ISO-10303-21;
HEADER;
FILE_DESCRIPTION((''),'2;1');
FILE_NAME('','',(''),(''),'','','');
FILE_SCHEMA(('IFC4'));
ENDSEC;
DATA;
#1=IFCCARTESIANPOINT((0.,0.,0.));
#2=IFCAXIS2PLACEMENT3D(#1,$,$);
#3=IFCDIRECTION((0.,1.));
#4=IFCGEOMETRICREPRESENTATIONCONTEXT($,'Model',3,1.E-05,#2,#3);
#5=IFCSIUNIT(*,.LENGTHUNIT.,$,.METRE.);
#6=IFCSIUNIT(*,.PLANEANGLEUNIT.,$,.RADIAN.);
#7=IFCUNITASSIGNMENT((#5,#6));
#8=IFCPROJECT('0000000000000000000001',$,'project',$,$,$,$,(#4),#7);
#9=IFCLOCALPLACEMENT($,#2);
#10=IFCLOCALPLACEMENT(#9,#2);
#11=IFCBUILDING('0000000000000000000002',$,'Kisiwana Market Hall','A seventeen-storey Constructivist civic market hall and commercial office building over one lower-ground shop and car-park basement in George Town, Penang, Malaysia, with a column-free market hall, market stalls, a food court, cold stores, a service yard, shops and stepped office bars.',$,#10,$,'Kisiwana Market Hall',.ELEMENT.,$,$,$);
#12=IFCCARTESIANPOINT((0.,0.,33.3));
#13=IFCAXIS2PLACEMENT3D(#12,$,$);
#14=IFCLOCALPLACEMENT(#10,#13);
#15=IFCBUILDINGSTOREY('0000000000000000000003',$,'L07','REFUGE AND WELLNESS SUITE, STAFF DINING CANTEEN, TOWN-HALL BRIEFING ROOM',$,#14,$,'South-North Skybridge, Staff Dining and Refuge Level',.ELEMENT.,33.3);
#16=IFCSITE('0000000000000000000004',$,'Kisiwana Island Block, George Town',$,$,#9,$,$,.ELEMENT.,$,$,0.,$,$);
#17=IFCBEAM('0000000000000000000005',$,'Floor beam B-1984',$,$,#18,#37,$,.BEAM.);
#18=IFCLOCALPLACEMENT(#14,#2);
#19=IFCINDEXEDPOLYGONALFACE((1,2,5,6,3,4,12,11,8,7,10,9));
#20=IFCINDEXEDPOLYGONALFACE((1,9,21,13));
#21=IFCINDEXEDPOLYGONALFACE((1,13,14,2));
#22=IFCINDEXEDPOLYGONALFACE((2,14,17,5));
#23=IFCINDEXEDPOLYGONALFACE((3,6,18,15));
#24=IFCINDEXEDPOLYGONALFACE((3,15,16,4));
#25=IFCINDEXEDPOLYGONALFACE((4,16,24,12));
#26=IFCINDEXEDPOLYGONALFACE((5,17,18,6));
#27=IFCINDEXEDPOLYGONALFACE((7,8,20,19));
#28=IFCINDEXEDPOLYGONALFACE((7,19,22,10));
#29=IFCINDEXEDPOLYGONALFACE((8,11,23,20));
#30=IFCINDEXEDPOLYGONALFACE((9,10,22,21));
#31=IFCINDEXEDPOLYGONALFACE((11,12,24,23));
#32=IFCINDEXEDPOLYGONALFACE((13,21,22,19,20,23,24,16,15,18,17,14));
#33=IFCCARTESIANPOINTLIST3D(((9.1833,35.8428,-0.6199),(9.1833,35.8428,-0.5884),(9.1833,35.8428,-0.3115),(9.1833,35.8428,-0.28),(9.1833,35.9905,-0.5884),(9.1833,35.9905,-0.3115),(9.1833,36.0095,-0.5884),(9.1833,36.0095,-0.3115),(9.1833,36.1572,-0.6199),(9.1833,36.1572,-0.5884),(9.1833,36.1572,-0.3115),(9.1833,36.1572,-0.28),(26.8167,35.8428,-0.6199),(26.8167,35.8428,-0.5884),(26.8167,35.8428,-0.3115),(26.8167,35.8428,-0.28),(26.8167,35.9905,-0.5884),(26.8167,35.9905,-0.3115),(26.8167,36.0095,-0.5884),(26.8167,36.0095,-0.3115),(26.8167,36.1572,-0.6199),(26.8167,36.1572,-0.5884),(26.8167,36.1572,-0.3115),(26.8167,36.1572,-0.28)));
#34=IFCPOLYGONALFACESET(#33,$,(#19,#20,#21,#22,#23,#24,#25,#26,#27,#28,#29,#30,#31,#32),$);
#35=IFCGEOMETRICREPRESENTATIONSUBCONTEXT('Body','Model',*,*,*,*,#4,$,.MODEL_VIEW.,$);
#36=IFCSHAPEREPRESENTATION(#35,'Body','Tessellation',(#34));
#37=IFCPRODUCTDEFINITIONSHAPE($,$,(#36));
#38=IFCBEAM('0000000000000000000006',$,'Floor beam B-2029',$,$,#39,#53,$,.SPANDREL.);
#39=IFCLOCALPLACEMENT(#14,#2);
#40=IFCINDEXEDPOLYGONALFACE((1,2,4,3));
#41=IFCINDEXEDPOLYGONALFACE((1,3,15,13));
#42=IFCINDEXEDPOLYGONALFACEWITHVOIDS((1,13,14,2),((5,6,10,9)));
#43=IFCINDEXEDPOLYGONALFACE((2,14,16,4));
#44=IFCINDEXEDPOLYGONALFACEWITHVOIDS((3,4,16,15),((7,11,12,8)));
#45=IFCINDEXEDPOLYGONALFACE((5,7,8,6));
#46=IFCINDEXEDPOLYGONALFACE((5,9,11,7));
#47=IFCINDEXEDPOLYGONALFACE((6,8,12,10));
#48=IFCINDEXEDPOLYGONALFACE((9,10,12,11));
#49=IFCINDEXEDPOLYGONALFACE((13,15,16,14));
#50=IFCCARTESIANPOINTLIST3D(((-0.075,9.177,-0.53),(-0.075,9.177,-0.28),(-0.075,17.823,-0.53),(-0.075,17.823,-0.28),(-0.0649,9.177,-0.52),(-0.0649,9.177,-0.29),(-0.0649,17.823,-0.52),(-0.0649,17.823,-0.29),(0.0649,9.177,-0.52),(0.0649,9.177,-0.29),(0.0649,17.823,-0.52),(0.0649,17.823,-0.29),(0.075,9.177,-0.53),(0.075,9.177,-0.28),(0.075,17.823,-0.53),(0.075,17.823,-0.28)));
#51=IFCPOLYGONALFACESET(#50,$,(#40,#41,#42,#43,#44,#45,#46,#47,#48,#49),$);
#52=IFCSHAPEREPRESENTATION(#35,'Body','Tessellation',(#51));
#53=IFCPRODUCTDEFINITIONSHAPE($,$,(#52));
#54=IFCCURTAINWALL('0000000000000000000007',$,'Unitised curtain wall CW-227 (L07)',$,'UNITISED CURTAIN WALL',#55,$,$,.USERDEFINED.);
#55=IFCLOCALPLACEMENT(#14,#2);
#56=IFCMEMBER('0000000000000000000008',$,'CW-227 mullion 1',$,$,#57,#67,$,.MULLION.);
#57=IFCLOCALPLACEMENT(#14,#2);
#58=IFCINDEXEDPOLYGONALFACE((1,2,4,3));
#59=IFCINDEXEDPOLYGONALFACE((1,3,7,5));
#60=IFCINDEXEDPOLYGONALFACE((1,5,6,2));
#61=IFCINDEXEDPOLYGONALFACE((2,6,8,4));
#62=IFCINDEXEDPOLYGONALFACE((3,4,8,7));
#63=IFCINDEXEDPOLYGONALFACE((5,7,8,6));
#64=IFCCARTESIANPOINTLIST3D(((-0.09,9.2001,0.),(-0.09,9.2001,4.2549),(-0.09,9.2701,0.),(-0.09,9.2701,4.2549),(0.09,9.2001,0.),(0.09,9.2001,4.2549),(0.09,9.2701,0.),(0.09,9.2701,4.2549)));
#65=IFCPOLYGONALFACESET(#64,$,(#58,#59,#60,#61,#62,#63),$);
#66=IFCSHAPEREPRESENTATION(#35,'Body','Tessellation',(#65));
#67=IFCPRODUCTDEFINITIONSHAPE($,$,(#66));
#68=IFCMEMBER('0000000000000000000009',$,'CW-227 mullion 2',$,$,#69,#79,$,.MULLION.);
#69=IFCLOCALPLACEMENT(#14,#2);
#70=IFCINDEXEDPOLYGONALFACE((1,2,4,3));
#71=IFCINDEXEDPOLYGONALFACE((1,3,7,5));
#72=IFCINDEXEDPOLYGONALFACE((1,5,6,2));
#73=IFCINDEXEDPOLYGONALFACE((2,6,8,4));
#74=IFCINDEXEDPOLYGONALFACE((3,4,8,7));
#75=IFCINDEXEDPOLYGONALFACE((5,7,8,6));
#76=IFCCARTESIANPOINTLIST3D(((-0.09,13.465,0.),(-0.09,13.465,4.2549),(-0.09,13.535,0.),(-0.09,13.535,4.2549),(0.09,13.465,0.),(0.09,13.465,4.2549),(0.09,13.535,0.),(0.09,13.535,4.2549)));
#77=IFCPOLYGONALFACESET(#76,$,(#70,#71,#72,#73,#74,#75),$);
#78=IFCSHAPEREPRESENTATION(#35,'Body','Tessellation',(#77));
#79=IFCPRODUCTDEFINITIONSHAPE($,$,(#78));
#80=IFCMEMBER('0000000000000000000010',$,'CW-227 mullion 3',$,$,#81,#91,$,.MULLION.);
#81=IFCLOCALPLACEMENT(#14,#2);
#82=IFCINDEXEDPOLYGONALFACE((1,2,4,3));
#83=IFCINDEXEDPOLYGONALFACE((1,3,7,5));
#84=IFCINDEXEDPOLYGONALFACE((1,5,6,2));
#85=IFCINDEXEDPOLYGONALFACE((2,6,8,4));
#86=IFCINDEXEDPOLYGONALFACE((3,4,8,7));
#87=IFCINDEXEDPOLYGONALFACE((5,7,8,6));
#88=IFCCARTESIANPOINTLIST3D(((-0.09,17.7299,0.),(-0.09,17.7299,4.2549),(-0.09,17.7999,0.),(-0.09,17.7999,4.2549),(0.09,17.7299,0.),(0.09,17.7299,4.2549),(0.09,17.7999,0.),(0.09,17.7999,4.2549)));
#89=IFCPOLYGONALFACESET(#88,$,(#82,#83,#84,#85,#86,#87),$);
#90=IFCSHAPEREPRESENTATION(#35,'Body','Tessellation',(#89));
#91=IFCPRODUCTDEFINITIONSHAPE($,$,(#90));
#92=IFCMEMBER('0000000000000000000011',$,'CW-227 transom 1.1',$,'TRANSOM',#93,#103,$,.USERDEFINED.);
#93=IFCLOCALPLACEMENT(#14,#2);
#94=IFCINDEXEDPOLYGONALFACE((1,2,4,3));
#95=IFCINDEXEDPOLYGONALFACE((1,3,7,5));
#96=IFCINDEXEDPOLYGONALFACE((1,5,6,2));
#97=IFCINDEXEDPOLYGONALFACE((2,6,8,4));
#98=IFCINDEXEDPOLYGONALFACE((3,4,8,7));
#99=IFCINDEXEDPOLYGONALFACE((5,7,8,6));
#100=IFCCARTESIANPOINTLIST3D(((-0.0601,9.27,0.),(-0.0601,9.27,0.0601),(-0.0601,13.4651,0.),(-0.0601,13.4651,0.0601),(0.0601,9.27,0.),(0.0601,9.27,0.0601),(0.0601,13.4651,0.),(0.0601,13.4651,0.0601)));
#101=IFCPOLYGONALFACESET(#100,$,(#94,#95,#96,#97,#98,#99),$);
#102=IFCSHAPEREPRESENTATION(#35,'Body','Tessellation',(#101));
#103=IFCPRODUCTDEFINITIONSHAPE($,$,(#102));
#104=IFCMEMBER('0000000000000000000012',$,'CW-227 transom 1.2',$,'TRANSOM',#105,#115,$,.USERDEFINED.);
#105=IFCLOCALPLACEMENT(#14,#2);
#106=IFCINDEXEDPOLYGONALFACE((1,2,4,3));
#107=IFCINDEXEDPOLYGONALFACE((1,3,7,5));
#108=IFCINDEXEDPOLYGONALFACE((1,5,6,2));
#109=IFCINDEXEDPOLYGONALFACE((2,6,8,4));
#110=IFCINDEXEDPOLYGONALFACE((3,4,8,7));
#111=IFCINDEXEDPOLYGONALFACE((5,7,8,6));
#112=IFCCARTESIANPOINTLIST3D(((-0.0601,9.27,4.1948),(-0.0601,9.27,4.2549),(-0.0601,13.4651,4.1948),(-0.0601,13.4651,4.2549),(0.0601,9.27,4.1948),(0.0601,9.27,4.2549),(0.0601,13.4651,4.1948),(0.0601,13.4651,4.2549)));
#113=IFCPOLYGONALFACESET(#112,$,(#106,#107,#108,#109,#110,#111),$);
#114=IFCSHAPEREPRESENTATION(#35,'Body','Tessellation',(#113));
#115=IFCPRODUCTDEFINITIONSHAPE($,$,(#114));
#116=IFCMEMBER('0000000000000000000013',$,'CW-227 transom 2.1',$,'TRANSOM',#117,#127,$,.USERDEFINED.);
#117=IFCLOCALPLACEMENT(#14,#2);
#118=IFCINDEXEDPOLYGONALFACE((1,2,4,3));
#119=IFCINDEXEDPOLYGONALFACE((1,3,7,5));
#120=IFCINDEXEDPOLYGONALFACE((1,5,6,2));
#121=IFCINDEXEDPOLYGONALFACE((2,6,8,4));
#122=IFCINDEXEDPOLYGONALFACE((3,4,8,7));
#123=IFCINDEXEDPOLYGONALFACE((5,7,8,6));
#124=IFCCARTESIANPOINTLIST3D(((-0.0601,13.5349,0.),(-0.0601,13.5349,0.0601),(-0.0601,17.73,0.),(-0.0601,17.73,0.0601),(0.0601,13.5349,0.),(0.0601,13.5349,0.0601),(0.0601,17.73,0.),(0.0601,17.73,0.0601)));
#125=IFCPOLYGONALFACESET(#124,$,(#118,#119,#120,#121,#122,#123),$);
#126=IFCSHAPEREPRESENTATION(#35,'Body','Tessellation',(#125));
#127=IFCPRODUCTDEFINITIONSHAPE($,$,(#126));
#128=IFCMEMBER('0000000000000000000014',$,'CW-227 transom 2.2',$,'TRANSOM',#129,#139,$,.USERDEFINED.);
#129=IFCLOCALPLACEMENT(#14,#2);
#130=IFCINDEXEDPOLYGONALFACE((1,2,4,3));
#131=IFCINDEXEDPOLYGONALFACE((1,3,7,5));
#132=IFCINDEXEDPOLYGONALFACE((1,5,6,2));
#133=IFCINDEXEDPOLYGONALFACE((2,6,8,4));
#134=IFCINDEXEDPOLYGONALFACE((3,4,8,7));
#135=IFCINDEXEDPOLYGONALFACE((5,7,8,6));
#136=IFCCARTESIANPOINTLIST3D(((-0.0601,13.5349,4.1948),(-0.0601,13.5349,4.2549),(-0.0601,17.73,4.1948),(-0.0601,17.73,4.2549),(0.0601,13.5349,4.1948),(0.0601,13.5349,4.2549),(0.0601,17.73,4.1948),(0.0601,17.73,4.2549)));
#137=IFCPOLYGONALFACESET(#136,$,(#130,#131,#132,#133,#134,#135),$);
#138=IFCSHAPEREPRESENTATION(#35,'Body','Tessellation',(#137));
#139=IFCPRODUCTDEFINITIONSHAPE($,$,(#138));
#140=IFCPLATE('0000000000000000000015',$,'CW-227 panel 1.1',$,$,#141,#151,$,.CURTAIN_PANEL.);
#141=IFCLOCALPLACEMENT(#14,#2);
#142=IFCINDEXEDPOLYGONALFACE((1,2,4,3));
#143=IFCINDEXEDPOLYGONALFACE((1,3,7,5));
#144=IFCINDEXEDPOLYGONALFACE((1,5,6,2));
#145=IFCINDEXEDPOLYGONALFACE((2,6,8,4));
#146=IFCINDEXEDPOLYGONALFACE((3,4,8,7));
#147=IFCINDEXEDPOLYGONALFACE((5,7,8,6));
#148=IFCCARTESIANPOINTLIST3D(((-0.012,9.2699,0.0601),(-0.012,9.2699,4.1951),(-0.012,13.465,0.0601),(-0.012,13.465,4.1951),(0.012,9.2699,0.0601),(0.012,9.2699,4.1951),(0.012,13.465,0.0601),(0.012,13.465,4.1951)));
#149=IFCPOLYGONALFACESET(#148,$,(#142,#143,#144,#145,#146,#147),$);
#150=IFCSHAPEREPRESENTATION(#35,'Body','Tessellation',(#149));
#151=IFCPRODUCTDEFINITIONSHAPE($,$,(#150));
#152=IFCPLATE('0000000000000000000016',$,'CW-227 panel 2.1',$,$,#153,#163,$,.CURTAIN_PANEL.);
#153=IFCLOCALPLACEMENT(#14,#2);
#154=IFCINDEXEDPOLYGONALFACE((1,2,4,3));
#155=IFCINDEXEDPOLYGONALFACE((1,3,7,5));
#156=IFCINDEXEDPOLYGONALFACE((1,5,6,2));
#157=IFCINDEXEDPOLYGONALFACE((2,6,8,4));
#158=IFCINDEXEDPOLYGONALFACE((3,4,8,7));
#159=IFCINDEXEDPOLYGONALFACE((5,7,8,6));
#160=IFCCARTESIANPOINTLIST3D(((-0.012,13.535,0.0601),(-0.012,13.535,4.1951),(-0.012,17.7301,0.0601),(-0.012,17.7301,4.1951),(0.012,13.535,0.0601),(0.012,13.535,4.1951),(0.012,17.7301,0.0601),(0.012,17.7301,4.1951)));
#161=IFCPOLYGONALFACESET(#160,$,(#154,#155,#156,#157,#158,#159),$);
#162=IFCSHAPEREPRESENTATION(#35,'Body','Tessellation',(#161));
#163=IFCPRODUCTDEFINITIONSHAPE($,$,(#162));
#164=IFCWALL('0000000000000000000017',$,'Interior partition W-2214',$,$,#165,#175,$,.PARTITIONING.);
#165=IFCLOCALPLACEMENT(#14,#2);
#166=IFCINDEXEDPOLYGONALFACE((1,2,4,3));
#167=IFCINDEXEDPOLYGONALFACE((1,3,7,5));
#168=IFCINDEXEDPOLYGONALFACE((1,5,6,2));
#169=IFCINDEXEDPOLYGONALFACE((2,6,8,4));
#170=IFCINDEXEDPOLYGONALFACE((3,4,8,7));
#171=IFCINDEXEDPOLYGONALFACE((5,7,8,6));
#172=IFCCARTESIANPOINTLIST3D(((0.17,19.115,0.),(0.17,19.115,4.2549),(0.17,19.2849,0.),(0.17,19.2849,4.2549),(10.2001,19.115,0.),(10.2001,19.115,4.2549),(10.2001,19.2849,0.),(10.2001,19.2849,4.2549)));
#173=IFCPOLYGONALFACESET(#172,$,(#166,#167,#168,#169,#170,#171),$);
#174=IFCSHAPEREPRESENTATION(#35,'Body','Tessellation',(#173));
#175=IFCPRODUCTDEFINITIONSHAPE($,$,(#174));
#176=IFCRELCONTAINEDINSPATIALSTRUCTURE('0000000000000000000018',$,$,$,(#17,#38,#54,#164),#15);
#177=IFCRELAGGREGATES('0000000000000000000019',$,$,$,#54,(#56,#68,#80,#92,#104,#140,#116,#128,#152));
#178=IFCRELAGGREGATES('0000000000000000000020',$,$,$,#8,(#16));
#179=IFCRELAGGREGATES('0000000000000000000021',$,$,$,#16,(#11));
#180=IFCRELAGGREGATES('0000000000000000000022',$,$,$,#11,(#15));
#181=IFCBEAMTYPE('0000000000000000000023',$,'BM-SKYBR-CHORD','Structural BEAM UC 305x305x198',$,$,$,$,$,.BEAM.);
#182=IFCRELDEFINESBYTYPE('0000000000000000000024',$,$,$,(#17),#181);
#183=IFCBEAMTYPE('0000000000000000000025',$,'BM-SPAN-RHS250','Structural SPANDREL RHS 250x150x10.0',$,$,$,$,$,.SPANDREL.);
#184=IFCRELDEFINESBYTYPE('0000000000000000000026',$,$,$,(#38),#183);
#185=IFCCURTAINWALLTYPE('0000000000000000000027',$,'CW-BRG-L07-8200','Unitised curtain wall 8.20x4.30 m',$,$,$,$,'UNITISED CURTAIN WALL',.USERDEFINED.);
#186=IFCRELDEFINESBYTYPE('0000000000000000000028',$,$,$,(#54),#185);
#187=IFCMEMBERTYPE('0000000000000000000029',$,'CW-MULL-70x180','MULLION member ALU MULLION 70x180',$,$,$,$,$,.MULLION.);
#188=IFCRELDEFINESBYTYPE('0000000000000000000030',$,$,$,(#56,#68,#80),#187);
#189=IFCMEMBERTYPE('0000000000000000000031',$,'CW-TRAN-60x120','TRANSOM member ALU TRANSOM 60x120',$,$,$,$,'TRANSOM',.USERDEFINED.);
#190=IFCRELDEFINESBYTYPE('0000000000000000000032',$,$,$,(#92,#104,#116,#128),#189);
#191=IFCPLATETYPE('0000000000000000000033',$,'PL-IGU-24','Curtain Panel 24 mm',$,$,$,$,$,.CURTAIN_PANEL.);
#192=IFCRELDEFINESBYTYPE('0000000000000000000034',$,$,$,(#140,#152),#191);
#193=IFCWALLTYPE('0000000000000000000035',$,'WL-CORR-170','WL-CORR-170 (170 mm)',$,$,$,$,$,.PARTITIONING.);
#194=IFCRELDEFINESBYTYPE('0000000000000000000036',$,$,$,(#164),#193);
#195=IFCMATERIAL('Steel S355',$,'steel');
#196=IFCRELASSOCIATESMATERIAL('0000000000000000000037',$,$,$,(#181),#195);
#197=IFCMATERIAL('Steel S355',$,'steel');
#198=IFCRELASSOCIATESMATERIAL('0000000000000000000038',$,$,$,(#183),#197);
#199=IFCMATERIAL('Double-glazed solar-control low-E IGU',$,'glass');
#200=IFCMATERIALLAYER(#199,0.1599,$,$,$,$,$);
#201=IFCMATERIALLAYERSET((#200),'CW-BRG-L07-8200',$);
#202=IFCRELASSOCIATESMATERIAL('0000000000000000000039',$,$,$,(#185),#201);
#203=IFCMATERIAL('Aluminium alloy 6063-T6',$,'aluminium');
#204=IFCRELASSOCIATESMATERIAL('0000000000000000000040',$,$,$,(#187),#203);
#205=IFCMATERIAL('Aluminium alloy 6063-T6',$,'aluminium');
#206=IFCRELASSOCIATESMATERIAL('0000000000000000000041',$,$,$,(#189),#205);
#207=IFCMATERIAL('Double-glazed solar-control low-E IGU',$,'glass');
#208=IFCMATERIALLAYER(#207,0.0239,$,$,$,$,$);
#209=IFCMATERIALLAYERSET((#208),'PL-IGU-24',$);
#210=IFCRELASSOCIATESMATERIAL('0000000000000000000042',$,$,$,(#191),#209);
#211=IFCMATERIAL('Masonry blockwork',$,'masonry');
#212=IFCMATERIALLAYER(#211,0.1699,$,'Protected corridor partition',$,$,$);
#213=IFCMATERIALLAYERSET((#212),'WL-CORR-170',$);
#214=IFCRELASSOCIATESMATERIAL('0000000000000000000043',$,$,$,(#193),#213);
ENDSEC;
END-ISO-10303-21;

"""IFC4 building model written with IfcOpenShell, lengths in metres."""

from ifc_helpers import new_model, si_unit, direction, frame, frame_2d, origin, origin_2d, place, context, subcontext, project, spatial, rectangle, hollow_rectangle, i_section, extrude, material, layer, layer_set, material_profile, profile_set, type_object, element, aggregate, save


model = new_model("IFC4")

# Units and contexts
model_context = context("Model", 3, precision=1e-05, world=origin(), true_north=direction((0.0, 1.0)))
body_context = subcontext(model_context, "Body", "Model", "MODEL_VIEW")
ifc_project = project(units=[si_unit("LENGTHUNIT", "METRE"), si_unit("PLANEANGLEUNIT", "RADIAN")], contexts=[model_context])

# Site, building, storey
site_placement = place(None, origin())
site = spatial("IfcSite", under=ifc_project, at=site_placement, Name="Kisiwana Island Block, George Town", CompositionType="ELEMENT", RefElevation=0.0)
building_placement = place(site_placement, origin())
building = spatial("IfcBuilding", under=site, at=building_placement, Name="Kisiwana Market Hall", Description="A seventeen-storey Constructivist civic market hall and commercial office building over one lower-ground shop and car-park basement in George Town, Penang, Malaysia, with a column-free market hall, market stalls, a food court, cold stores, a service yard, shops and stepped office bars.", LongName="Kisiwana Market Hall", CompositionType="ELEMENT")
storey_placement = place(building_placement, frame((0.0, 0.0, 33.3)))
storey = spatial("IfcBuildingStorey", under=building, at=storey_placement, Name="L07", Description="REFUGE AND WELLNESS SUITE, STAFF DINING CANTEEN, TOWN-HALL BRIEFING ROOM", LongName="South-North Skybridge, Staff Dining and Refuge Level", CompositionType="ELEMENT", Elevation=33.3)

# Beams
ifc_material_1 = material(Name="Steel S355", Category="steel")
ifc_material_profile_1 = material_profile(ifc_material_1, i_section(OverallWidth=0.3145, OverallDepth=0.3398, WebThickness=0.019, FlangeThickness=0.0315, at=origin_2d()), Name="UC 305x305x198")
ifc_profile_set_1 = profile_set([ifc_material_profile_1], Name="Steel S355")
beam_type_1 = type_object("IfcBeamType", Name="BM-SKYBR-CHORD", Description="Structural BEAM UC 305x305x198", PredefinedType="BEAM", material=ifc_profile_set_1)
for number, where, z_axis, x_axis, name in (
    (1, (9.1833, 36.0, -0.45), (1.0, 0.0, 0.0), (0.0, 1.0, 0.0), "Floor beam B-1984"),
):
    element("IfcBeam", number, at=place(storey_placement, frame(where, z_axis=z_axis, x_axis=x_axis)), inside=storey, type_object=beam_type_1, Name=name, PredefinedType="BEAM", context=body_context, shape_type="SweptSolid", body=[
        extrude(i_section(OverallWidth=0.3145, OverallDepth=0.3398, WebThickness=0.019, FlangeThickness=0.0315, at=origin_2d()), origin(), (0.0, 0.0, 1.0), 17.6333),
    ])
ifc_material_2 = material(Name="Steel S355", Category="steel")
ifc_material_profile_2 = material_profile(ifc_material_2, hollow_rectangle(XDim=0.1499, YDim=0.25, WallThickness=0.01, at=origin_2d()), Name="RHS 250x150x10.0")
ifc_profile_set_2 = profile_set([ifc_material_profile_2], Name="Steel S355")
beam_type_2 = type_object("IfcBeamType", Name="BM-SPAN-RHS250", Description="Structural SPANDREL RHS 250x150x10.0", PredefinedType="SPANDREL", material=ifc_profile_set_2)
beam_1_placement = place(storey_placement, frame((0.0, 9.177, -0.405), z_axis=(0.0, 1.0, 0.0), x_axis=(-1.0, 0.0, 0.0)))
element("IfcBeam", 2, at=beam_1_placement, inside=storey, type_object=beam_type_2, Name="Floor beam B-2029", PredefinedType="SPANDREL", context=body_context, shape_type="SweptSolid", body=[
    extrude(hollow_rectangle(XDim=0.1499, YDim=0.25, WallThickness=0.01, at=origin_2d()), origin(), (0.0, 0.0, 1.0), 8.646),
])

# Curtain wall, members, plates
ifc_material_3 = material(Name="Double-glazed solar-control low-E IGU", Category="glass")
ifc_layer_1 = layer(ifc_material_3, 0.1599)
ifc_layer_set_1 = layer_set([ifc_layer_1], Name="CW-BRG-L07-8200")
curtain_wall_type = type_object("IfcCurtainWallType", Name="CW-BRG-L07-8200", Description="Unitised curtain wall 8.20x4.30 m", ElementType="UNITISED CURTAIN WALL", PredefinedType="USERDEFINED", material=ifc_layer_set_1)
curtain_wall_placement = place(storey_placement, origin())
curtain_wall = element("IfcCurtainWall", 3, at=curtain_wall_placement, inside=storey, type_object=curtain_wall_type, Name="Unitised curtain wall CW-227 (L07)", ObjectType="UNITISED CURTAIN WALL", PredefinedType="USERDEFINED")
ifc_material_4 = material(Name="Aluminium alloy 6063-T6", Category="aluminium")
ifc_material_profile_3 = material_profile(ifc_material_4, rectangle(XDim=0.0701, YDim=0.1799, at=origin_2d()), Name="ALU MULLION 70x180")
ifc_profile_set_3 = profile_set([ifc_material_profile_3], Name="Aluminium alloy 6063-T6")
member_type_1 = type_object("IfcMemberType", Name="CW-MULL-70x180", Description="MULLION member ALU MULLION 70x180", PredefinedType="MULLION", material=ifc_profile_set_3)
member_1_placement = place(storey_placement, frame((0.0, 9.2351, 0.0), z_axis=(0.0, 0.0, 1.0), x_axis=(0.0, 1.0, 0.0)))
member_1 = element("IfcMember", 4, at=member_1_placement, type_object=member_type_1, Name="CW-227 mullion 1", PredefinedType="MULLION", context=body_context, shape_type="SweptSolid", body=[
    extrude(rectangle(XDim=0.0701, YDim=0.1799, at=origin_2d()), origin(), (0.0, 0.0, 1.0), 4.2549),
])
member_2_placement = place(storey_placement, frame((0.0, 13.5, 0.0), z_axis=(0.0, 0.0, 1.0), x_axis=(0.0, 1.0, 0.0)))
member_2 = element("IfcMember", 5, at=member_2_placement, type_object=member_type_1, Name="CW-227 mullion 2", PredefinedType="MULLION", context=body_context, shape_type="SweptSolid", body=[
    extrude(rectangle(XDim=0.0701, YDim=0.1799, at=origin_2d()), origin(), (0.0, 0.0, 1.0), 4.2549),
])
member_3_placement = place(storey_placement, frame((0.0, 17.7649, 0.0), z_axis=(0.0, 0.0, 1.0), x_axis=(0.0, 1.0, 0.0)))
member_3 = element("IfcMember", 6, at=member_3_placement, type_object=member_type_1, Name="CW-227 mullion 3", PredefinedType="MULLION", context=body_context, shape_type="SweptSolid", body=[
    extrude(rectangle(XDim=0.0701, YDim=0.1799, at=origin_2d()), origin(), (0.0, 0.0, 1.0), 4.2549),
])
ifc_material_5 = material(Name="Aluminium alloy 6063-T6", Category="aluminium")
ifc_material_profile_4 = material_profile(ifc_material_5, rectangle(XDim=0.1201, YDim=0.0601, at=origin_2d()), Name="ALU TRANSOM 60x120")
ifc_profile_set_4 = profile_set([ifc_material_profile_4], Name="Aluminium alloy 6063-T6")
member_type_2 = type_object("IfcMemberType", Name="CW-TRAN-60x120", Description="TRANSOM member ALU TRANSOM 60x120", ElementType="TRANSOM", PredefinedType="USERDEFINED", material=ifc_profile_set_4)
member_4_placement = place(storey_placement, frame((0.0, 9.27, 0.03), z_axis=(0.0, 1.0, 0.0), x_axis=(-1.0, 0.0, 0.0)))
member_4 = element("IfcMember", 7, at=member_4_placement, type_object=member_type_2, Name="CW-227 transom 1.1", ObjectType="TRANSOM", PredefinedType="USERDEFINED", context=body_context, shape_type="SweptSolid", body=[
    extrude(rectangle(XDim=0.1201, YDim=0.0601, at=origin_2d()), origin(), (0.0, 0.0, 1.0), 4.1951),
])
member_5_placement = place(storey_placement, frame((0.0, 9.27, 4.2249), z_axis=(0.0, 1.0, 0.0), x_axis=(-1.0, 0.0, 0.0)))
member_5 = element("IfcMember", 8, at=member_5_placement, type_object=member_type_2, Name="CW-227 transom 1.2", ObjectType="TRANSOM", PredefinedType="USERDEFINED", context=body_context, shape_type="SweptSolid", body=[
    extrude(rectangle(XDim=0.1201, YDim=0.0601, at=origin_2d()), origin(), (0.0, 0.0, 1.0), 4.1951),
])
member_6_placement = place(storey_placement, frame((0.0, 13.5349, 0.03), z_axis=(0.0, 1.0, 0.0), x_axis=(-1.0, 0.0, 0.0)))
member_6 = element("IfcMember", 9, at=member_6_placement, type_object=member_type_2, Name="CW-227 transom 2.1", ObjectType="TRANSOM", PredefinedType="USERDEFINED", context=body_context, shape_type="SweptSolid", body=[
    extrude(rectangle(XDim=0.1201, YDim=0.0601, at=origin_2d()), origin(), (0.0, 0.0, 1.0), 4.1951),
])
member_7_placement = place(storey_placement, frame((0.0, 13.5349, 4.2249), z_axis=(0.0, 1.0, 0.0), x_axis=(-1.0, 0.0, 0.0)))
member_7 = element("IfcMember", 10, at=member_7_placement, type_object=member_type_2, Name="CW-227 transom 2.2", ObjectType="TRANSOM", PredefinedType="USERDEFINED", context=body_context, shape_type="SweptSolid", body=[
    extrude(rectangle(XDim=0.1201, YDim=0.0601, at=origin_2d()), origin(), (0.0, 0.0, 1.0), 4.1951),
])
ifc_material_6 = material(Name="Double-glazed solar-control low-E IGU", Category="glass")
ifc_layer_2 = layer(ifc_material_6, 0.0239)
ifc_layer_set_2 = layer_set([ifc_layer_2], Name="PL-IGU-24")
plate_type = type_object("IfcPlateType", Name="PL-IGU-24", Description="Curtain Panel 24 mm", PredefinedType="CURTAIN_PANEL", material=ifc_layer_set_2)
plate_1_placement = place(storey_placement, frame((0.0, 11.3674, 0.0601), z_axis=(0.0, 0.0, 1.0), x_axis=(0.0, 1.0, 0.0)))
plate_1 = element("IfcPlate", 11, at=plate_1_placement, type_object=plate_type, Name="CW-227 panel 1.1", PredefinedType="CURTAIN_PANEL", context=body_context, shape_type="SweptSolid", body=[
    extrude(rectangle(XDim=4.1951, YDim=0.0239, at=origin_2d()), origin(), (0.0, 0.0, 1.0), 4.135),
])
plate_2_placement = place(storey_placement, frame((0.0, 15.6326, 0.0601), z_axis=(0.0, 0.0, 1.0), x_axis=(0.0, 1.0, 0.0)))
plate_2 = element("IfcPlate", 12, at=plate_2_placement, type_object=plate_type, Name="CW-227 panel 2.1", PredefinedType="CURTAIN_PANEL", context=body_context, shape_type="SweptSolid", body=[
    extrude(rectangle(XDim=4.1951, YDim=0.0239, at=origin_2d()), origin(), (0.0, 0.0, 1.0), 4.135),
])
aggregate(curtain_wall, [member_1, member_2, member_3, member_4, member_5, plate_1, member_6, member_7, plate_2])

# Wall
ifc_material_7 = material(Name="Masonry blockwork", Category="masonry")
ifc_layer_3 = layer(ifc_material_7, 0.1699, Name="Protected corridor partition")
ifc_layer_set_3 = layer_set([ifc_layer_3], Name="WL-CORR-170")
wall_type_1 = type_object("IfcWallType", Name="WL-CORR-170", Description="WL-CORR-170 (170 mm)", PredefinedType="PARTITIONING", material=ifc_layer_set_3)
wall_1_placement = place(storey_placement, frame((0.1699, 19.2, 0.0), z_axis=(0.0, 0.0, 1.0), x_axis=(1.0, 0.0, 0.0)))
element("IfcWall", 13, at=wall_1_placement, inside=storey, type_object=wall_type_1, Name="Interior partition W-2214", PredefinedType="PARTITIONING", context=body_context, shape_type="SweptSolid", body=[
    extrude(rectangle(XDim=10.03, YDim=0.1699, at=frame_2d((5.0151, 0.0))), origin(), (0.0, 0.0, 1.0), 4.2549),
])

save(model, "model.ifc")
